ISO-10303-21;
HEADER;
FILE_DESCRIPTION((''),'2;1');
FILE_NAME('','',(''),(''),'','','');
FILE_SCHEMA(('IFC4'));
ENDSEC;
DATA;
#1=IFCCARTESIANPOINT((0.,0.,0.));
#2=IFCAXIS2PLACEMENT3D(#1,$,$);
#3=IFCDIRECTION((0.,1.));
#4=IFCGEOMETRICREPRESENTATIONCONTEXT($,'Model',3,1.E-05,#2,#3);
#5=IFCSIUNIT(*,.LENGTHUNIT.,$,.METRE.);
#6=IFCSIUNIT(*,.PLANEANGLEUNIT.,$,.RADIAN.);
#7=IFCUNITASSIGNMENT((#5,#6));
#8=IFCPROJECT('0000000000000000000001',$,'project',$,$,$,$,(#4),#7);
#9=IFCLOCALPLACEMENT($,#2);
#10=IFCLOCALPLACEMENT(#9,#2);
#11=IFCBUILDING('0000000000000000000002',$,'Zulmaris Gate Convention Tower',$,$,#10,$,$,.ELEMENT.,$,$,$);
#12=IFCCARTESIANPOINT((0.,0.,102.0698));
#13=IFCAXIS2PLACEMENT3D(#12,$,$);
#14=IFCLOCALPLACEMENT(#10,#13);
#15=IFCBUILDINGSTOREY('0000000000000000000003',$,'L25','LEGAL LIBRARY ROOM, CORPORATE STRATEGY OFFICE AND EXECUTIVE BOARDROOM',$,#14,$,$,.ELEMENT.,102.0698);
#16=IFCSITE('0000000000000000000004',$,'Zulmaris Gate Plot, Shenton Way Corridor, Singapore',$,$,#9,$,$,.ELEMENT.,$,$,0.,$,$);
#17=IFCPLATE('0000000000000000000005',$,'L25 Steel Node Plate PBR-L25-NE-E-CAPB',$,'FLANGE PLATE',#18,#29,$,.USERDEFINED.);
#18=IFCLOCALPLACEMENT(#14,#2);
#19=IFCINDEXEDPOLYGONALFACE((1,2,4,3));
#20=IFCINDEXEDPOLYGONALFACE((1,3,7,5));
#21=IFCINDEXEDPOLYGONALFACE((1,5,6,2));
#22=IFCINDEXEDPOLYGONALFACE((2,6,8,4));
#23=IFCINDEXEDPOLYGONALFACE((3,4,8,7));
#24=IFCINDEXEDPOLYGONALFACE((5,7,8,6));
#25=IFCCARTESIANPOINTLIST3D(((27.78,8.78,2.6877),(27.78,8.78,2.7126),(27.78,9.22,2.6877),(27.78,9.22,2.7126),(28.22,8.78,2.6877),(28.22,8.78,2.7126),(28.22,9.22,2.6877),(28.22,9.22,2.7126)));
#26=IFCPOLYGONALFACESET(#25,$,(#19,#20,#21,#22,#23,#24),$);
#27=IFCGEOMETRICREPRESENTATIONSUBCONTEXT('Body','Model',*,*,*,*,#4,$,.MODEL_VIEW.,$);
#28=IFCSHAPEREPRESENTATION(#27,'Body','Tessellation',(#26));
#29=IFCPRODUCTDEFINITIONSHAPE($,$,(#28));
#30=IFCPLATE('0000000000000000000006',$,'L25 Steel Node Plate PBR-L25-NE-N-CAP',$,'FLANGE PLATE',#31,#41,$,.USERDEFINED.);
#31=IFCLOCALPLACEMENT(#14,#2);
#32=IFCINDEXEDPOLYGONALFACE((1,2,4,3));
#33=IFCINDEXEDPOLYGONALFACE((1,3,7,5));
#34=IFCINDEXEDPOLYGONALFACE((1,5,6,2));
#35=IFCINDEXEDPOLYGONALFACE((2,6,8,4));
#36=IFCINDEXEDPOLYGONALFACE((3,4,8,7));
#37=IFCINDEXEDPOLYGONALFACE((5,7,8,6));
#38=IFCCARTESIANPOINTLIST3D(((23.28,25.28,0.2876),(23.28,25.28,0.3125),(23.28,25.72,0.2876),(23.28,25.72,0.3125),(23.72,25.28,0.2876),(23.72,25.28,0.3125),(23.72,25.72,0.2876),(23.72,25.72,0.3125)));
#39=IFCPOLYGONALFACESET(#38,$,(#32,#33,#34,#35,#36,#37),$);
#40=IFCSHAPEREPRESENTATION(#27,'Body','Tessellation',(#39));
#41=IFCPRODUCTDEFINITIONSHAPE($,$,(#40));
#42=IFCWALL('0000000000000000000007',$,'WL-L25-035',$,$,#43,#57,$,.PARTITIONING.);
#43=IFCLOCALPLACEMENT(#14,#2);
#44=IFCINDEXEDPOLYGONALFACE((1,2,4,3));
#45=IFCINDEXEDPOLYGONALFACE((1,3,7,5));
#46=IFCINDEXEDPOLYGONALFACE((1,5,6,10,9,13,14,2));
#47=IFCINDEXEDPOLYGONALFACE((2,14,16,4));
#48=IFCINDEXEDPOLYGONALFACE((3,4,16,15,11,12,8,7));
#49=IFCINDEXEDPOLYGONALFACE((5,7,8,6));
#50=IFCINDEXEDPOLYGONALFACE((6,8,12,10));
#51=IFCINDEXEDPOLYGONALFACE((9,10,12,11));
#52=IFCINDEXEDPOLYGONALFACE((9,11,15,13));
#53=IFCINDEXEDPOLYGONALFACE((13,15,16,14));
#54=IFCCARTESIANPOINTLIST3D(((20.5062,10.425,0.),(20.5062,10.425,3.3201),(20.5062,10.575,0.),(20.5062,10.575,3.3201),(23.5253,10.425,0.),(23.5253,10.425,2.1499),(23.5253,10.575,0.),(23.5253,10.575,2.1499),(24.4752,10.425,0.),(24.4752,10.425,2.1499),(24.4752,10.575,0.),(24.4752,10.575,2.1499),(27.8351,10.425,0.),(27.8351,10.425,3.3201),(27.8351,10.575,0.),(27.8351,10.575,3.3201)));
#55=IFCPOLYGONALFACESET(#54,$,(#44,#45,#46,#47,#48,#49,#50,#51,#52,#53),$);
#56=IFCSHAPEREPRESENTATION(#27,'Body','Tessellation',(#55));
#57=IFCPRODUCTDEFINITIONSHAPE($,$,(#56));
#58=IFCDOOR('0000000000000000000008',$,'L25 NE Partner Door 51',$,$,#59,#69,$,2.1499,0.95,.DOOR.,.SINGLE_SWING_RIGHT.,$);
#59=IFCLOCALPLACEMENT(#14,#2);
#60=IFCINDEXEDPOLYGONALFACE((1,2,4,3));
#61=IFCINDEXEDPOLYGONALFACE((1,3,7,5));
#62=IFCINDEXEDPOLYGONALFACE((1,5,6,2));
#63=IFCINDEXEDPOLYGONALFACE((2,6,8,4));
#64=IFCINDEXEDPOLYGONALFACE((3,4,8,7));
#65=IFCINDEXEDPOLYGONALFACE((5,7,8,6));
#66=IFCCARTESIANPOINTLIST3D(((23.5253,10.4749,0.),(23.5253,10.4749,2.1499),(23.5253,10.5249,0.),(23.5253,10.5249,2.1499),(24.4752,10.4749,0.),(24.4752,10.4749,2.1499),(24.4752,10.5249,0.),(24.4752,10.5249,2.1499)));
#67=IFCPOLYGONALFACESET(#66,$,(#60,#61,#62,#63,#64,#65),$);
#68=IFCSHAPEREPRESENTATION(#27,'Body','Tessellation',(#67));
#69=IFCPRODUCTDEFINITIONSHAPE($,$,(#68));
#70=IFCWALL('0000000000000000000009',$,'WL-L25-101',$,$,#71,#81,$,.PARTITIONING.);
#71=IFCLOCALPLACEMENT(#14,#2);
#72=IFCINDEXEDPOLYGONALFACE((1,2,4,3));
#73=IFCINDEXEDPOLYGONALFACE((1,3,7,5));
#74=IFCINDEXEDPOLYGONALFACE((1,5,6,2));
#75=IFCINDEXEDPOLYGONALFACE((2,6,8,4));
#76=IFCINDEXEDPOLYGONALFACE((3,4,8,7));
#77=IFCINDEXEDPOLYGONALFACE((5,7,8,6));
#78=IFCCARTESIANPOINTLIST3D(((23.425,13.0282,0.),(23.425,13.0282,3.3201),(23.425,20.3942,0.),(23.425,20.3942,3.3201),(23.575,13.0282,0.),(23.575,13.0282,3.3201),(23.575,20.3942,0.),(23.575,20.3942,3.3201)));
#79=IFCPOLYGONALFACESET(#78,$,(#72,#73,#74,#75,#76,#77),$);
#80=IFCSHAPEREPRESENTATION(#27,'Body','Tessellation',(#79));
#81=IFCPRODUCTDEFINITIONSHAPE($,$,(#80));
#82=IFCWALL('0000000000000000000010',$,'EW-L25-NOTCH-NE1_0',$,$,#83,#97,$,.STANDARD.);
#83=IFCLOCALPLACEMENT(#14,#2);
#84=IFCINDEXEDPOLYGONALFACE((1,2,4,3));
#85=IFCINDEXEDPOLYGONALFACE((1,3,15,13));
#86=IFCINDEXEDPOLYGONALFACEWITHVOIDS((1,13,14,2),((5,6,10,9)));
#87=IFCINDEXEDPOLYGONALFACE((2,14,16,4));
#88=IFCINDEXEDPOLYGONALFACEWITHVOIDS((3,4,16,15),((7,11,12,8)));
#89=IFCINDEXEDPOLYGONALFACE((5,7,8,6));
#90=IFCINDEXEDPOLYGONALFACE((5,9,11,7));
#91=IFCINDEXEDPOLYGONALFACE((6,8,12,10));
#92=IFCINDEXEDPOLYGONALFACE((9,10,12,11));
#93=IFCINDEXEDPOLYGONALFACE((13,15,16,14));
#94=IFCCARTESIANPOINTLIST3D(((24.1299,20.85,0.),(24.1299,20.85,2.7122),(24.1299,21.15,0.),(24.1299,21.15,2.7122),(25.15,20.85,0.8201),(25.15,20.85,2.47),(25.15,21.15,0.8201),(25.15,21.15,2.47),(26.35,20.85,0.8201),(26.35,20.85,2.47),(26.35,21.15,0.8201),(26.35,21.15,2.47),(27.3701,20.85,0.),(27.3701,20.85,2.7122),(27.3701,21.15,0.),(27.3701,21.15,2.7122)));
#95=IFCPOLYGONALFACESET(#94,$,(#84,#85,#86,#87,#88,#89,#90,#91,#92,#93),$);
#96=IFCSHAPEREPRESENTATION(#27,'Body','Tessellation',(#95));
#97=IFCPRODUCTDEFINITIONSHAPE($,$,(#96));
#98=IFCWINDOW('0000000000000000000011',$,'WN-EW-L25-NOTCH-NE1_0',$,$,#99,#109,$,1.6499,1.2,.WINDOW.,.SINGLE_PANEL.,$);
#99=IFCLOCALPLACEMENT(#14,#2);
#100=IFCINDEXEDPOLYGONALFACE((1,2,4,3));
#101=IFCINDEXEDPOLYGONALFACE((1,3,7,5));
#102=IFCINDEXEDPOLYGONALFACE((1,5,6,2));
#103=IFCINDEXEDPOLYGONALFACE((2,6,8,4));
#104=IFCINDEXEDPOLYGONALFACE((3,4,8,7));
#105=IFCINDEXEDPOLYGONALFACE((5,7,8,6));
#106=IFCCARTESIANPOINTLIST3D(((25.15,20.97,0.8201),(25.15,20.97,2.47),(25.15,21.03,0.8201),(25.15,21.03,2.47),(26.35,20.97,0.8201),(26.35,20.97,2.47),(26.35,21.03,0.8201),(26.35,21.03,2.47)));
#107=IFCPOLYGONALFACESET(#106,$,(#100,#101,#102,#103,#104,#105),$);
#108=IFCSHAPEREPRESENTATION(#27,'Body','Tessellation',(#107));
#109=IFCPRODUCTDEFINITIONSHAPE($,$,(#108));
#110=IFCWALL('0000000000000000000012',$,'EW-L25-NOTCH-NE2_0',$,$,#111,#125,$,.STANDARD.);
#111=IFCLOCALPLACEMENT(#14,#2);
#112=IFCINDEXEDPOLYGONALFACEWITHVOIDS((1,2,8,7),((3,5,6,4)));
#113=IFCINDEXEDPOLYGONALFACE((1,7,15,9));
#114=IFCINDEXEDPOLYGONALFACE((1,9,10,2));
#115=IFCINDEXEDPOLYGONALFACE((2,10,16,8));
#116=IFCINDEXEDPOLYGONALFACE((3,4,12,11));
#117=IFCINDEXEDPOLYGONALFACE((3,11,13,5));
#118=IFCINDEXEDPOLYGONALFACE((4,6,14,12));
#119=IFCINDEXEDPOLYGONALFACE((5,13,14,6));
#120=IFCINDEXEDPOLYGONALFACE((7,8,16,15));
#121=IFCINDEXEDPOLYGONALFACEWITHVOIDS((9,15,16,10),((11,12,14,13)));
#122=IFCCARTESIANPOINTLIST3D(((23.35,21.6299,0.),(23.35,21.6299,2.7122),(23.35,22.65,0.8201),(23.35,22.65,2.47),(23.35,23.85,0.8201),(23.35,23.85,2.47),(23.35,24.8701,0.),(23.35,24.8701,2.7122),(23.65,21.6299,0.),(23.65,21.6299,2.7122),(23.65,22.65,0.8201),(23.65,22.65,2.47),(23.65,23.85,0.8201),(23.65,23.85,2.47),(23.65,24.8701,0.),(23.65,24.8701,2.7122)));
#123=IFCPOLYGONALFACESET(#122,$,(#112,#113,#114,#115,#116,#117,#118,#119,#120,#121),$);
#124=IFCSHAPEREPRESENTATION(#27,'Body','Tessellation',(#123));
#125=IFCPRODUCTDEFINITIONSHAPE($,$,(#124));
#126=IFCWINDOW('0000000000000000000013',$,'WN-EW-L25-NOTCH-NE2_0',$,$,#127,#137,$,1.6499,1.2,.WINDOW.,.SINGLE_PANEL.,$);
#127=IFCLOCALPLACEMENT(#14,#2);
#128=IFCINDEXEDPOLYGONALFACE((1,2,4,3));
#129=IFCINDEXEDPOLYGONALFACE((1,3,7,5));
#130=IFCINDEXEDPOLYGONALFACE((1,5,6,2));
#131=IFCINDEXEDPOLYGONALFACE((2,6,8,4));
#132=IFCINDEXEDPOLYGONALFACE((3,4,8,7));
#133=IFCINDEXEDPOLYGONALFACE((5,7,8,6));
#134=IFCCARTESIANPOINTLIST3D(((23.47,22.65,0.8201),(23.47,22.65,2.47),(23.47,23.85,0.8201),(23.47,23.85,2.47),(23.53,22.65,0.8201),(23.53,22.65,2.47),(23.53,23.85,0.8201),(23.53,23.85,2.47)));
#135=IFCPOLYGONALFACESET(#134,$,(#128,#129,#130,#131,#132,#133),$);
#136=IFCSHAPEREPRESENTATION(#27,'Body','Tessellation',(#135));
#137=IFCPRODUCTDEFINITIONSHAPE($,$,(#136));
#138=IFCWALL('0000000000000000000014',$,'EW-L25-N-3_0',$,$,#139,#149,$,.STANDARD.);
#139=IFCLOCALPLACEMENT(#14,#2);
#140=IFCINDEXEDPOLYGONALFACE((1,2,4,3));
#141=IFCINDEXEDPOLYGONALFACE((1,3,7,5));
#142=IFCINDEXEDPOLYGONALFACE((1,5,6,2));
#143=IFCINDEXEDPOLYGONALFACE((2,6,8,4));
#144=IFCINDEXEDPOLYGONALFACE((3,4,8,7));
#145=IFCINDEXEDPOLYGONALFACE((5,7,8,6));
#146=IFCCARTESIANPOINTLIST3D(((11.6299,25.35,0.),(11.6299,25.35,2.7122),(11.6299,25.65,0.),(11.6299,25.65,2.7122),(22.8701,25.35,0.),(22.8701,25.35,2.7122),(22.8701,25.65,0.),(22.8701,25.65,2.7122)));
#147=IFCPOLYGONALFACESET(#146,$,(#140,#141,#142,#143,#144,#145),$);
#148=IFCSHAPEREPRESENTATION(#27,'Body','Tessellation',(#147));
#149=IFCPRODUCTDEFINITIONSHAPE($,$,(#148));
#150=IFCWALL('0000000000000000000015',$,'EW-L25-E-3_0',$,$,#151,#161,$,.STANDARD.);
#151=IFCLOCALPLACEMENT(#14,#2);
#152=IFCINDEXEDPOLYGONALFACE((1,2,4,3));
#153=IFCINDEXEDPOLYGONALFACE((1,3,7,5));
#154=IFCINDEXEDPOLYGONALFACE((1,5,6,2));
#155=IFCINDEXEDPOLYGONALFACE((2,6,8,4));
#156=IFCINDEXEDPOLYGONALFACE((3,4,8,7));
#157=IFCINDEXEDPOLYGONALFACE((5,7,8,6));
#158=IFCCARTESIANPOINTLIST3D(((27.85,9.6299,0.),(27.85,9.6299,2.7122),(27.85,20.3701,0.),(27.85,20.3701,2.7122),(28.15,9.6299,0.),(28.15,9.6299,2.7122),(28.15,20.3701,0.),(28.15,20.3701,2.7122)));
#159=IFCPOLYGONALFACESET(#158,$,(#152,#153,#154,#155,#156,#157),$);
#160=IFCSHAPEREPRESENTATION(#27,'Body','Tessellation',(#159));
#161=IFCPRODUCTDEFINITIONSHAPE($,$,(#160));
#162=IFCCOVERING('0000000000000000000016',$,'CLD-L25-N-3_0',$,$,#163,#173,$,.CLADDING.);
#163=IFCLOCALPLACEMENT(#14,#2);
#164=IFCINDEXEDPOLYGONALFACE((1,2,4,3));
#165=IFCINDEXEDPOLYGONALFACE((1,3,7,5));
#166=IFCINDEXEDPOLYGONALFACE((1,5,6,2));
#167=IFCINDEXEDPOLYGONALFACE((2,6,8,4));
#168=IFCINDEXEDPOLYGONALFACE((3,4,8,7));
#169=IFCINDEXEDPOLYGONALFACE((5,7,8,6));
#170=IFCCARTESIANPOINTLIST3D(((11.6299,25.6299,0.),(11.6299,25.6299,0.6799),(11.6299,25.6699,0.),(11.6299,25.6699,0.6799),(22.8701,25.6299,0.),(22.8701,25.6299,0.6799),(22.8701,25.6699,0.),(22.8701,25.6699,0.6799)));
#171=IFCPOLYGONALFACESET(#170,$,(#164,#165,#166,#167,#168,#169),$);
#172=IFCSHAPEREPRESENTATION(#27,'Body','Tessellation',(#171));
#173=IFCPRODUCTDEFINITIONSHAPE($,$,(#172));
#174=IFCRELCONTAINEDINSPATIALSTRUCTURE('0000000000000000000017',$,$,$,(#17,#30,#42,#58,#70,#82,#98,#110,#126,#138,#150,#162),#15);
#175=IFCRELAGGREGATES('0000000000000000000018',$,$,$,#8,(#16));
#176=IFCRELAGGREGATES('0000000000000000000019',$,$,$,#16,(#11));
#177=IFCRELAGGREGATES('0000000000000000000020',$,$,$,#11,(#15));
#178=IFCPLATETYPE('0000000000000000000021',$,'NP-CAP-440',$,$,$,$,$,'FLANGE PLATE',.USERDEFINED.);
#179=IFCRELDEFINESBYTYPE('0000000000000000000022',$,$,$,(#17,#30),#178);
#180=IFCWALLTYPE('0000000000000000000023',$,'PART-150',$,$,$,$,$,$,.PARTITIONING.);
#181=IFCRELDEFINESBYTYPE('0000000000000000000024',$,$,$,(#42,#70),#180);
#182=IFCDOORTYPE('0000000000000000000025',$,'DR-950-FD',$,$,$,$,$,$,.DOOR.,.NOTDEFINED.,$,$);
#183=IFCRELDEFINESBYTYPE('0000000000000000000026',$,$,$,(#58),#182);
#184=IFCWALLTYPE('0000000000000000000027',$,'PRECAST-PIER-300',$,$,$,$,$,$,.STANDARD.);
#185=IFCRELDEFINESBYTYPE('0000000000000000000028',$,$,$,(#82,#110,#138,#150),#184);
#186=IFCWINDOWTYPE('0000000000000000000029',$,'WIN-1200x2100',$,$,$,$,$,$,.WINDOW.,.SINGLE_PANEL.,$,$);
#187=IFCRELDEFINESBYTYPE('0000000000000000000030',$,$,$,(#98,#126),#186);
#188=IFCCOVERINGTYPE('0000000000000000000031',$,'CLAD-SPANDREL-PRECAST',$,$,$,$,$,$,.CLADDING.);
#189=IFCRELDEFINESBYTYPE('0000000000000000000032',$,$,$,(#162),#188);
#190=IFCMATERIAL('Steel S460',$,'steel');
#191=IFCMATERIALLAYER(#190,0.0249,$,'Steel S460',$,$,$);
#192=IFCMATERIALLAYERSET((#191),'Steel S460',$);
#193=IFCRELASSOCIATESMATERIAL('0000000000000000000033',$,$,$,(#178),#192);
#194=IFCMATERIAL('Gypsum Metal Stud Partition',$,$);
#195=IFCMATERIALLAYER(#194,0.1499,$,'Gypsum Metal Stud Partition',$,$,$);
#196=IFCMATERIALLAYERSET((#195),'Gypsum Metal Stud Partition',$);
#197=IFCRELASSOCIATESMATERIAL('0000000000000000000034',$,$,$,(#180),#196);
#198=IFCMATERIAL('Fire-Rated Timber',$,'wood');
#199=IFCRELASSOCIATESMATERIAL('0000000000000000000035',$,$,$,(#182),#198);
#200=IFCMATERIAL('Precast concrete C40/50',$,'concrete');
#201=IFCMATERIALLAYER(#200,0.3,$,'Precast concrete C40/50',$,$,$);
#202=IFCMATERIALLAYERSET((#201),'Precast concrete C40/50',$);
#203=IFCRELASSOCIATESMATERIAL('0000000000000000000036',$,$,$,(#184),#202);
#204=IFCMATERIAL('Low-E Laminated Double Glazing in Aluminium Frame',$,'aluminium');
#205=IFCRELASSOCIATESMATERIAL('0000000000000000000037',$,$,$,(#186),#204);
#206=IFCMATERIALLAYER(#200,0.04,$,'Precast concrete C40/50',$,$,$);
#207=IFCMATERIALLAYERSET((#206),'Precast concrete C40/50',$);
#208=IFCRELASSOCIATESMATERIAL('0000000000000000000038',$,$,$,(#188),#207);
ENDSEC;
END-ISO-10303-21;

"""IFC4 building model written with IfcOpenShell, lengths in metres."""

from ifc_helpers import new_model, si_unit, direction, frame, frame_2d, origin, origin_2d, place, context, subcontext, project, spatial, rectangle, extrude, material, layer, layer_set, type_object, element, fill, save


model = new_model("IFC4")

# Units and contexts
model_context = context("Model", 3, precision=1e-05, world=origin(), true_north=direction((0.0, 1.0)))
body_context = subcontext(model_context, "Body", "Model", "MODEL_VIEW")
ifc_project = project(units=[si_unit("LENGTHUNIT", "METRE"), si_unit("PLANEANGLEUNIT", "RADIAN")], contexts=[model_context])

# Site, building, storey
site_placement = place(None, origin())
site = spatial("IfcSite", under=ifc_project, at=site_placement, Name="Zulmaris Gate Plot, Shenton Way Corridor, Singapore", CompositionType="ELEMENT", RefElevation=0.0)
building_placement = place(site_placement, origin())
building = spatial("IfcBuilding", under=site, at=building_placement, Name="Zulmaris Gate Convention Tower", CompositionType="ELEMENT")
storey_placement = place(building_placement, frame((0.0, 0.0, 102.0698)))
storey = spatial("IfcBuildingStorey", under=building, at=storey_placement, Name="L25", Description="LEGAL LIBRARY ROOM, CORPORATE STRATEGY OFFICE AND EXECUTIVE BOARDROOM", CompositionType="ELEMENT", Elevation=102.0698)

# Shared definitions
ifc_material_1 = material(Name="Steel S460", Category="steel")

# Plates
ifc_layer_1 = layer(ifc_material_1, 0.0249, Name="Steel S460")
ifc_layer_set_1 = layer_set([ifc_layer_1], Name="Steel S460")
plate_type = type_object("IfcPlateType", Name="NP-CAP-440", ElementType="FLANGE PLATE", PredefinedType="USERDEFINED", material=ifc_layer_set_1)
for number, where, z_axis, x_axis, name in (
    (1, (28.0, 9.0, 2.6877), (0.0, 0.0, 1.0), (1.0, 0.0, 0.0), "L25 Steel Node Plate PBR-L25-NE-E-CAPB"),
    (2, (23.5, 25.5, 0.2876), (0.0, 0.0, 1.0), (1.0, 0.0, 0.0), "L25 Steel Node Plate PBR-L25-NE-N-CAP"),
):
    element("IfcPlate", number, at=place(storey_placement, frame(where, z_axis=z_axis, x_axis=x_axis)), inside=storey, type_object=plate_type, Name=name, ObjectType="FLANGE PLATE", PredefinedType="USERDEFINED", context=body_context, shape_type="SweptSolid", body=[
        extrude(rectangle(XDim=0.4399, YDim=0.4399, at=origin_2d()), origin(), (0.0, 0.0, 1.0), 0.0249),
    ])

# Wall, opening, door
ifc_material_2 = material(Name="Gypsum Metal Stud Partition")
ifc_layer_2 = layer(ifc_material_2, 0.1499, Name="Gypsum Metal Stud Partition")
ifc_layer_set_2 = layer_set([ifc_layer_2], Name="Gypsum Metal Stud Partition")
wall_type_1 = type_object("IfcWallType", Name="PART-150", PredefinedType="PARTITIONING", material=ifc_layer_set_2)
wall_1_placement = place(storey_placement, frame((20.5061, 10.5, 0.0), z_axis=(0.0, 0.0, 1.0), x_axis=(1.0, 0.0, 0.0)))
wall_1 = element("IfcWall", 3, at=wall_1_placement, inside=storey, type_object=wall_type_1, Name="WL-L25-035", PredefinedType="PARTITIONING", context=body_context, shape_type="SweptSolid", body=[
    extrude(rectangle(XDim=7.3289, YDim=0.1499, at=frame_2d((3.6646, 0.0))), origin(), (0.0, 0.0, 1.0), 3.3201),
])
opening_1_placement = place(wall_1_placement, frame((3.019, 0.0, 0.0)))
opening_1 = element("IfcOpeningElement", 4, at=opening_1_placement, cuts=wall_1, PredefinedType="OPENING", context=body_context, shape_type="SweptSolid", body=[
    extrude(rectangle(XDim=0.95, YDim=2.1499, at=frame_2d((0.4751, 1.075))), frame((0.0, 0.085, 0.0), z_axis=(0.0, -1.0, 0.0), x_axis=(1.0, 0.0, 0.0)), (0.0, 0.0, 1.0), 0.1699),
])
ifc_material_3 = material(Name="Fire-Rated Timber", Category="wood")
door_type = type_object("IfcDoorType", Name="DR-950-FD", OperationType="NOTDEFINED", PredefinedType="DOOR", material=ifc_material_3)
door_1_placement = place(opening_1_placement, origin())
door_1 = element("IfcDoor", 5, at=door_1_placement, inside=storey, type_object=door_type, Name="L25 NE Partner Door 51", OperationType="SINGLE_SWING_RIGHT", OverallHeight=2.1499, OverallWidth=0.95, PredefinedType="DOOR", context=body_context, shape_type="SweptSolid", body=[
    extrude(rectangle(XDim=0.95, YDim=2.1499, at=frame_2d((0.4751, 1.075))), frame((0.0, 0.0249, 0.0), z_axis=(0.0, -1.0, 0.0), x_axis=(1.0, 0.0, 0.0)), (0.0, 0.0, 1.0), 0.05),
])
fill(opening_1, door_1)

# Wall
wall_2_placement = place(storey_placement, frame((23.5, 13.0281, 0.0), z_axis=(0.0, 0.0, 1.0), x_axis=(0.0, 1.0, 0.0)))
element("IfcWall", 6, at=wall_2_placement, inside=storey, type_object=wall_type_1, Name="WL-L25-101", PredefinedType="PARTITIONING", context=body_context, shape_type="SweptSolid", body=[
    extrude(rectangle(XDim=7.366, YDim=0.1499, at=frame_2d((3.6831, 0.0))), origin(), (0.0, 0.0, 1.0), 3.3201),
])

# Walls, openings, windows
ifc_material_4 = material(Name="Precast concrete C40/50", Category="concrete")
ifc_layer_3 = layer(ifc_material_4, 0.3, Name="Precast concrete C40/50")
ifc_layer_set_3 = layer_set([ifc_layer_3], Name="Precast concrete C40/50")
wall_type_2 = type_object("IfcWallType", Name="PRECAST-PIER-300", PredefinedType="STANDARD", material=ifc_layer_set_3)
wall_3_placement = place(storey_placement, frame((27.3701, 21.0, 0.0), z_axis=(0.0, 0.0, 1.0), x_axis=(-1.0, 0.0, 0.0)))
wall_3 = element("IfcWall", 7, at=wall_3_placement, inside=storey, type_object=wall_type_2, Name="EW-L25-NOTCH-NE1_0", PredefinedType="STANDARD", context=body_context, shape_type="SweptSolid", body=[
    extrude(rectangle(XDim=3.2402, YDim=0.3, at=frame_2d((1.6201, 0.0))), origin(), (0.0, 0.0, 1.0), 2.7122),
])
opening_2_placement = place(wall_3_placement, frame((1.02, 0.0, 0.8201)))
opening_2 = element("IfcOpeningElement", 8, at=opening_2_placement, cuts=wall_3, PredefinedType="OPENING", context=body_context, shape_type="SweptSolid", body=[
    extrude(rectangle(XDim=1.2, YDim=1.6499, at=frame_2d((0.6001, 0.825))), frame((0.0, 0.1602, 0.0), z_axis=(0.0, -1.0, 0.0), x_axis=(1.0, 0.0, 0.0)), (0.0, 0.0, 1.0), 0.3201),
])
ifc_material_5 = material(Name="Low-E Laminated Double Glazing in Aluminium Frame", Category="aluminium")
window_type = type_object("IfcWindowType", Name="WIN-1200x2100", PartitioningType="SINGLE_PANEL", PredefinedType="WINDOW", material=ifc_material_5)
window_1_placement = place(opening_2_placement, origin())
window_1 = element("IfcWindow", 9, at=window_1_placement, inside=storey, type_object=window_type, Name="WN-EW-L25-NOTCH-NE1_0", OverallHeight=1.6499, OverallWidth=1.2, PartitioningType="SINGLE_PANEL", PredefinedType="WINDOW", context=body_context, shape_type="SweptSolid", body=[
    extrude(rectangle(XDim=1.2, YDim=1.6499, at=frame_2d((0.6001, 0.825))), frame((0.0, 0.03, 0.0), z_axis=(0.0, -1.0, 0.0), x_axis=(1.0, 0.0, 0.0)), (0.0, 0.0, 1.0), 0.0601),
])
fill(opening_2, window_1)
wall_4_placement = place(storey_placement, frame((23.5, 21.6299, 0.0), z_axis=(0.0, 0.0, 1.0), x_axis=(0.0, 1.0, 0.0)))
wall_4 = element("IfcWall", 10, at=wall_4_placement, inside=storey, type_object=wall_type_2, Name="EW-L25-NOTCH-NE2_0", PredefinedType="STANDARD", context=body_context, shape_type="SweptSolid", body=[
    extrude(rectangle(XDim=3.2402, YDim=0.3, at=frame_2d((1.6201, 0.0))), origin(), (0.0, 0.0, 1.0), 2.7122),
])
opening_3_placement = place(wall_4_placement, frame((1.02, 0.0, 0.8201)))
opening_3 = element("IfcOpeningElement", 11, at=opening_3_placement, cuts=wall_4, PredefinedType="OPENING", context=body_context, shape_type="SweptSolid", body=[
    extrude(rectangle(XDim=1.2, YDim=1.6499, at=frame_2d((0.6001, 0.825))), frame((0.0, 0.1602, 0.0), z_axis=(0.0, -1.0, 0.0), x_axis=(1.0, 0.0, 0.0)), (0.0, 0.0, 1.0), 0.3201),
])
window_2_placement = place(opening_3_placement, origin())
window_2 = element("IfcWindow", 12, at=window_2_placement, inside=storey, type_object=window_type, Name="WN-EW-L25-NOTCH-NE2_0", OverallHeight=1.6499, OverallWidth=1.2, PartitioningType="SINGLE_PANEL", PredefinedType="WINDOW", context=body_context, shape_type="SweptSolid", body=[
    extrude(rectangle(XDim=1.2, YDim=1.6499, at=frame_2d((0.6001, 0.825))), frame((0.0, 0.03, 0.0), z_axis=(0.0, -1.0, 0.0), x_axis=(1.0, 0.0, 0.0)), (0.0, 0.0, 1.0), 0.0601),
])
fill(opening_3, window_2)

# Walls
wall_5_placement = place(storey_placement, frame((22.8701, 25.5, 0.0), z_axis=(0.0, 0.0, 1.0), x_axis=(-1.0, 0.0, 0.0)))
element("IfcWall", 13, at=wall_5_placement, inside=storey, type_object=wall_type_2, Name="EW-L25-N-3_0", PredefinedType="STANDARD", context=body_context, shape_type="SweptSolid", body=[
    extrude(rectangle(XDim=11.2402, YDim=0.3, at=frame_2d((5.6201, 0.0))), origin(), (0.0, 0.0, 1.0), 2.7122),
])
wall_6_placement = place(storey_placement, frame((28.0, 9.6299, 0.0), z_axis=(0.0, 0.0, 1.0), x_axis=(0.0, 1.0, 0.0)))
element("IfcWall", 14, at=wall_6_placement, inside=storey, type_object=wall_type_2, Name="EW-L25-E-3_0", PredefinedType="STANDARD", context=body_context, shape_type="SweptSolid", body=[
    extrude(rectangle(XDim=10.7402, YDim=0.3, at=frame_2d((5.3701, 0.0))), origin(), (0.0, 0.0, 1.0), 2.7122),
])

# Covering
ifc_layer_4 = layer(ifc_material_4, 0.04, Name="Precast concrete C40/50")
ifc_layer_set_4 = layer_set([ifc_layer_4], Name="Precast concrete C40/50")
covering_type_1 = type_object("IfcCoveringType", Name="CLAD-SPANDREL-PRECAST", PredefinedType="CLADDING", material=ifc_layer_set_4)
covering_1_placement = place(storey_placement, frame((22.8701, 25.6499, 0.0), z_axis=(0.0, 0.0, 1.0), x_axis=(-1.0, 0.0, 0.0)))
element("IfcCovering", 15, at=covering_1_placement, inside=storey, type_object=covering_type_1, Name="CLD-L25-N-3_0", PredefinedType="CLADDING", context=body_context, shape_type="SweptSolid", body=[
    extrude(rectangle(XDim=11.2402, YDim=0.04, at=frame_2d((5.6201, 0.0))), origin(), (0.0, 0.0, 1.0), 0.6799),
])

save(model, "model.ifc")
